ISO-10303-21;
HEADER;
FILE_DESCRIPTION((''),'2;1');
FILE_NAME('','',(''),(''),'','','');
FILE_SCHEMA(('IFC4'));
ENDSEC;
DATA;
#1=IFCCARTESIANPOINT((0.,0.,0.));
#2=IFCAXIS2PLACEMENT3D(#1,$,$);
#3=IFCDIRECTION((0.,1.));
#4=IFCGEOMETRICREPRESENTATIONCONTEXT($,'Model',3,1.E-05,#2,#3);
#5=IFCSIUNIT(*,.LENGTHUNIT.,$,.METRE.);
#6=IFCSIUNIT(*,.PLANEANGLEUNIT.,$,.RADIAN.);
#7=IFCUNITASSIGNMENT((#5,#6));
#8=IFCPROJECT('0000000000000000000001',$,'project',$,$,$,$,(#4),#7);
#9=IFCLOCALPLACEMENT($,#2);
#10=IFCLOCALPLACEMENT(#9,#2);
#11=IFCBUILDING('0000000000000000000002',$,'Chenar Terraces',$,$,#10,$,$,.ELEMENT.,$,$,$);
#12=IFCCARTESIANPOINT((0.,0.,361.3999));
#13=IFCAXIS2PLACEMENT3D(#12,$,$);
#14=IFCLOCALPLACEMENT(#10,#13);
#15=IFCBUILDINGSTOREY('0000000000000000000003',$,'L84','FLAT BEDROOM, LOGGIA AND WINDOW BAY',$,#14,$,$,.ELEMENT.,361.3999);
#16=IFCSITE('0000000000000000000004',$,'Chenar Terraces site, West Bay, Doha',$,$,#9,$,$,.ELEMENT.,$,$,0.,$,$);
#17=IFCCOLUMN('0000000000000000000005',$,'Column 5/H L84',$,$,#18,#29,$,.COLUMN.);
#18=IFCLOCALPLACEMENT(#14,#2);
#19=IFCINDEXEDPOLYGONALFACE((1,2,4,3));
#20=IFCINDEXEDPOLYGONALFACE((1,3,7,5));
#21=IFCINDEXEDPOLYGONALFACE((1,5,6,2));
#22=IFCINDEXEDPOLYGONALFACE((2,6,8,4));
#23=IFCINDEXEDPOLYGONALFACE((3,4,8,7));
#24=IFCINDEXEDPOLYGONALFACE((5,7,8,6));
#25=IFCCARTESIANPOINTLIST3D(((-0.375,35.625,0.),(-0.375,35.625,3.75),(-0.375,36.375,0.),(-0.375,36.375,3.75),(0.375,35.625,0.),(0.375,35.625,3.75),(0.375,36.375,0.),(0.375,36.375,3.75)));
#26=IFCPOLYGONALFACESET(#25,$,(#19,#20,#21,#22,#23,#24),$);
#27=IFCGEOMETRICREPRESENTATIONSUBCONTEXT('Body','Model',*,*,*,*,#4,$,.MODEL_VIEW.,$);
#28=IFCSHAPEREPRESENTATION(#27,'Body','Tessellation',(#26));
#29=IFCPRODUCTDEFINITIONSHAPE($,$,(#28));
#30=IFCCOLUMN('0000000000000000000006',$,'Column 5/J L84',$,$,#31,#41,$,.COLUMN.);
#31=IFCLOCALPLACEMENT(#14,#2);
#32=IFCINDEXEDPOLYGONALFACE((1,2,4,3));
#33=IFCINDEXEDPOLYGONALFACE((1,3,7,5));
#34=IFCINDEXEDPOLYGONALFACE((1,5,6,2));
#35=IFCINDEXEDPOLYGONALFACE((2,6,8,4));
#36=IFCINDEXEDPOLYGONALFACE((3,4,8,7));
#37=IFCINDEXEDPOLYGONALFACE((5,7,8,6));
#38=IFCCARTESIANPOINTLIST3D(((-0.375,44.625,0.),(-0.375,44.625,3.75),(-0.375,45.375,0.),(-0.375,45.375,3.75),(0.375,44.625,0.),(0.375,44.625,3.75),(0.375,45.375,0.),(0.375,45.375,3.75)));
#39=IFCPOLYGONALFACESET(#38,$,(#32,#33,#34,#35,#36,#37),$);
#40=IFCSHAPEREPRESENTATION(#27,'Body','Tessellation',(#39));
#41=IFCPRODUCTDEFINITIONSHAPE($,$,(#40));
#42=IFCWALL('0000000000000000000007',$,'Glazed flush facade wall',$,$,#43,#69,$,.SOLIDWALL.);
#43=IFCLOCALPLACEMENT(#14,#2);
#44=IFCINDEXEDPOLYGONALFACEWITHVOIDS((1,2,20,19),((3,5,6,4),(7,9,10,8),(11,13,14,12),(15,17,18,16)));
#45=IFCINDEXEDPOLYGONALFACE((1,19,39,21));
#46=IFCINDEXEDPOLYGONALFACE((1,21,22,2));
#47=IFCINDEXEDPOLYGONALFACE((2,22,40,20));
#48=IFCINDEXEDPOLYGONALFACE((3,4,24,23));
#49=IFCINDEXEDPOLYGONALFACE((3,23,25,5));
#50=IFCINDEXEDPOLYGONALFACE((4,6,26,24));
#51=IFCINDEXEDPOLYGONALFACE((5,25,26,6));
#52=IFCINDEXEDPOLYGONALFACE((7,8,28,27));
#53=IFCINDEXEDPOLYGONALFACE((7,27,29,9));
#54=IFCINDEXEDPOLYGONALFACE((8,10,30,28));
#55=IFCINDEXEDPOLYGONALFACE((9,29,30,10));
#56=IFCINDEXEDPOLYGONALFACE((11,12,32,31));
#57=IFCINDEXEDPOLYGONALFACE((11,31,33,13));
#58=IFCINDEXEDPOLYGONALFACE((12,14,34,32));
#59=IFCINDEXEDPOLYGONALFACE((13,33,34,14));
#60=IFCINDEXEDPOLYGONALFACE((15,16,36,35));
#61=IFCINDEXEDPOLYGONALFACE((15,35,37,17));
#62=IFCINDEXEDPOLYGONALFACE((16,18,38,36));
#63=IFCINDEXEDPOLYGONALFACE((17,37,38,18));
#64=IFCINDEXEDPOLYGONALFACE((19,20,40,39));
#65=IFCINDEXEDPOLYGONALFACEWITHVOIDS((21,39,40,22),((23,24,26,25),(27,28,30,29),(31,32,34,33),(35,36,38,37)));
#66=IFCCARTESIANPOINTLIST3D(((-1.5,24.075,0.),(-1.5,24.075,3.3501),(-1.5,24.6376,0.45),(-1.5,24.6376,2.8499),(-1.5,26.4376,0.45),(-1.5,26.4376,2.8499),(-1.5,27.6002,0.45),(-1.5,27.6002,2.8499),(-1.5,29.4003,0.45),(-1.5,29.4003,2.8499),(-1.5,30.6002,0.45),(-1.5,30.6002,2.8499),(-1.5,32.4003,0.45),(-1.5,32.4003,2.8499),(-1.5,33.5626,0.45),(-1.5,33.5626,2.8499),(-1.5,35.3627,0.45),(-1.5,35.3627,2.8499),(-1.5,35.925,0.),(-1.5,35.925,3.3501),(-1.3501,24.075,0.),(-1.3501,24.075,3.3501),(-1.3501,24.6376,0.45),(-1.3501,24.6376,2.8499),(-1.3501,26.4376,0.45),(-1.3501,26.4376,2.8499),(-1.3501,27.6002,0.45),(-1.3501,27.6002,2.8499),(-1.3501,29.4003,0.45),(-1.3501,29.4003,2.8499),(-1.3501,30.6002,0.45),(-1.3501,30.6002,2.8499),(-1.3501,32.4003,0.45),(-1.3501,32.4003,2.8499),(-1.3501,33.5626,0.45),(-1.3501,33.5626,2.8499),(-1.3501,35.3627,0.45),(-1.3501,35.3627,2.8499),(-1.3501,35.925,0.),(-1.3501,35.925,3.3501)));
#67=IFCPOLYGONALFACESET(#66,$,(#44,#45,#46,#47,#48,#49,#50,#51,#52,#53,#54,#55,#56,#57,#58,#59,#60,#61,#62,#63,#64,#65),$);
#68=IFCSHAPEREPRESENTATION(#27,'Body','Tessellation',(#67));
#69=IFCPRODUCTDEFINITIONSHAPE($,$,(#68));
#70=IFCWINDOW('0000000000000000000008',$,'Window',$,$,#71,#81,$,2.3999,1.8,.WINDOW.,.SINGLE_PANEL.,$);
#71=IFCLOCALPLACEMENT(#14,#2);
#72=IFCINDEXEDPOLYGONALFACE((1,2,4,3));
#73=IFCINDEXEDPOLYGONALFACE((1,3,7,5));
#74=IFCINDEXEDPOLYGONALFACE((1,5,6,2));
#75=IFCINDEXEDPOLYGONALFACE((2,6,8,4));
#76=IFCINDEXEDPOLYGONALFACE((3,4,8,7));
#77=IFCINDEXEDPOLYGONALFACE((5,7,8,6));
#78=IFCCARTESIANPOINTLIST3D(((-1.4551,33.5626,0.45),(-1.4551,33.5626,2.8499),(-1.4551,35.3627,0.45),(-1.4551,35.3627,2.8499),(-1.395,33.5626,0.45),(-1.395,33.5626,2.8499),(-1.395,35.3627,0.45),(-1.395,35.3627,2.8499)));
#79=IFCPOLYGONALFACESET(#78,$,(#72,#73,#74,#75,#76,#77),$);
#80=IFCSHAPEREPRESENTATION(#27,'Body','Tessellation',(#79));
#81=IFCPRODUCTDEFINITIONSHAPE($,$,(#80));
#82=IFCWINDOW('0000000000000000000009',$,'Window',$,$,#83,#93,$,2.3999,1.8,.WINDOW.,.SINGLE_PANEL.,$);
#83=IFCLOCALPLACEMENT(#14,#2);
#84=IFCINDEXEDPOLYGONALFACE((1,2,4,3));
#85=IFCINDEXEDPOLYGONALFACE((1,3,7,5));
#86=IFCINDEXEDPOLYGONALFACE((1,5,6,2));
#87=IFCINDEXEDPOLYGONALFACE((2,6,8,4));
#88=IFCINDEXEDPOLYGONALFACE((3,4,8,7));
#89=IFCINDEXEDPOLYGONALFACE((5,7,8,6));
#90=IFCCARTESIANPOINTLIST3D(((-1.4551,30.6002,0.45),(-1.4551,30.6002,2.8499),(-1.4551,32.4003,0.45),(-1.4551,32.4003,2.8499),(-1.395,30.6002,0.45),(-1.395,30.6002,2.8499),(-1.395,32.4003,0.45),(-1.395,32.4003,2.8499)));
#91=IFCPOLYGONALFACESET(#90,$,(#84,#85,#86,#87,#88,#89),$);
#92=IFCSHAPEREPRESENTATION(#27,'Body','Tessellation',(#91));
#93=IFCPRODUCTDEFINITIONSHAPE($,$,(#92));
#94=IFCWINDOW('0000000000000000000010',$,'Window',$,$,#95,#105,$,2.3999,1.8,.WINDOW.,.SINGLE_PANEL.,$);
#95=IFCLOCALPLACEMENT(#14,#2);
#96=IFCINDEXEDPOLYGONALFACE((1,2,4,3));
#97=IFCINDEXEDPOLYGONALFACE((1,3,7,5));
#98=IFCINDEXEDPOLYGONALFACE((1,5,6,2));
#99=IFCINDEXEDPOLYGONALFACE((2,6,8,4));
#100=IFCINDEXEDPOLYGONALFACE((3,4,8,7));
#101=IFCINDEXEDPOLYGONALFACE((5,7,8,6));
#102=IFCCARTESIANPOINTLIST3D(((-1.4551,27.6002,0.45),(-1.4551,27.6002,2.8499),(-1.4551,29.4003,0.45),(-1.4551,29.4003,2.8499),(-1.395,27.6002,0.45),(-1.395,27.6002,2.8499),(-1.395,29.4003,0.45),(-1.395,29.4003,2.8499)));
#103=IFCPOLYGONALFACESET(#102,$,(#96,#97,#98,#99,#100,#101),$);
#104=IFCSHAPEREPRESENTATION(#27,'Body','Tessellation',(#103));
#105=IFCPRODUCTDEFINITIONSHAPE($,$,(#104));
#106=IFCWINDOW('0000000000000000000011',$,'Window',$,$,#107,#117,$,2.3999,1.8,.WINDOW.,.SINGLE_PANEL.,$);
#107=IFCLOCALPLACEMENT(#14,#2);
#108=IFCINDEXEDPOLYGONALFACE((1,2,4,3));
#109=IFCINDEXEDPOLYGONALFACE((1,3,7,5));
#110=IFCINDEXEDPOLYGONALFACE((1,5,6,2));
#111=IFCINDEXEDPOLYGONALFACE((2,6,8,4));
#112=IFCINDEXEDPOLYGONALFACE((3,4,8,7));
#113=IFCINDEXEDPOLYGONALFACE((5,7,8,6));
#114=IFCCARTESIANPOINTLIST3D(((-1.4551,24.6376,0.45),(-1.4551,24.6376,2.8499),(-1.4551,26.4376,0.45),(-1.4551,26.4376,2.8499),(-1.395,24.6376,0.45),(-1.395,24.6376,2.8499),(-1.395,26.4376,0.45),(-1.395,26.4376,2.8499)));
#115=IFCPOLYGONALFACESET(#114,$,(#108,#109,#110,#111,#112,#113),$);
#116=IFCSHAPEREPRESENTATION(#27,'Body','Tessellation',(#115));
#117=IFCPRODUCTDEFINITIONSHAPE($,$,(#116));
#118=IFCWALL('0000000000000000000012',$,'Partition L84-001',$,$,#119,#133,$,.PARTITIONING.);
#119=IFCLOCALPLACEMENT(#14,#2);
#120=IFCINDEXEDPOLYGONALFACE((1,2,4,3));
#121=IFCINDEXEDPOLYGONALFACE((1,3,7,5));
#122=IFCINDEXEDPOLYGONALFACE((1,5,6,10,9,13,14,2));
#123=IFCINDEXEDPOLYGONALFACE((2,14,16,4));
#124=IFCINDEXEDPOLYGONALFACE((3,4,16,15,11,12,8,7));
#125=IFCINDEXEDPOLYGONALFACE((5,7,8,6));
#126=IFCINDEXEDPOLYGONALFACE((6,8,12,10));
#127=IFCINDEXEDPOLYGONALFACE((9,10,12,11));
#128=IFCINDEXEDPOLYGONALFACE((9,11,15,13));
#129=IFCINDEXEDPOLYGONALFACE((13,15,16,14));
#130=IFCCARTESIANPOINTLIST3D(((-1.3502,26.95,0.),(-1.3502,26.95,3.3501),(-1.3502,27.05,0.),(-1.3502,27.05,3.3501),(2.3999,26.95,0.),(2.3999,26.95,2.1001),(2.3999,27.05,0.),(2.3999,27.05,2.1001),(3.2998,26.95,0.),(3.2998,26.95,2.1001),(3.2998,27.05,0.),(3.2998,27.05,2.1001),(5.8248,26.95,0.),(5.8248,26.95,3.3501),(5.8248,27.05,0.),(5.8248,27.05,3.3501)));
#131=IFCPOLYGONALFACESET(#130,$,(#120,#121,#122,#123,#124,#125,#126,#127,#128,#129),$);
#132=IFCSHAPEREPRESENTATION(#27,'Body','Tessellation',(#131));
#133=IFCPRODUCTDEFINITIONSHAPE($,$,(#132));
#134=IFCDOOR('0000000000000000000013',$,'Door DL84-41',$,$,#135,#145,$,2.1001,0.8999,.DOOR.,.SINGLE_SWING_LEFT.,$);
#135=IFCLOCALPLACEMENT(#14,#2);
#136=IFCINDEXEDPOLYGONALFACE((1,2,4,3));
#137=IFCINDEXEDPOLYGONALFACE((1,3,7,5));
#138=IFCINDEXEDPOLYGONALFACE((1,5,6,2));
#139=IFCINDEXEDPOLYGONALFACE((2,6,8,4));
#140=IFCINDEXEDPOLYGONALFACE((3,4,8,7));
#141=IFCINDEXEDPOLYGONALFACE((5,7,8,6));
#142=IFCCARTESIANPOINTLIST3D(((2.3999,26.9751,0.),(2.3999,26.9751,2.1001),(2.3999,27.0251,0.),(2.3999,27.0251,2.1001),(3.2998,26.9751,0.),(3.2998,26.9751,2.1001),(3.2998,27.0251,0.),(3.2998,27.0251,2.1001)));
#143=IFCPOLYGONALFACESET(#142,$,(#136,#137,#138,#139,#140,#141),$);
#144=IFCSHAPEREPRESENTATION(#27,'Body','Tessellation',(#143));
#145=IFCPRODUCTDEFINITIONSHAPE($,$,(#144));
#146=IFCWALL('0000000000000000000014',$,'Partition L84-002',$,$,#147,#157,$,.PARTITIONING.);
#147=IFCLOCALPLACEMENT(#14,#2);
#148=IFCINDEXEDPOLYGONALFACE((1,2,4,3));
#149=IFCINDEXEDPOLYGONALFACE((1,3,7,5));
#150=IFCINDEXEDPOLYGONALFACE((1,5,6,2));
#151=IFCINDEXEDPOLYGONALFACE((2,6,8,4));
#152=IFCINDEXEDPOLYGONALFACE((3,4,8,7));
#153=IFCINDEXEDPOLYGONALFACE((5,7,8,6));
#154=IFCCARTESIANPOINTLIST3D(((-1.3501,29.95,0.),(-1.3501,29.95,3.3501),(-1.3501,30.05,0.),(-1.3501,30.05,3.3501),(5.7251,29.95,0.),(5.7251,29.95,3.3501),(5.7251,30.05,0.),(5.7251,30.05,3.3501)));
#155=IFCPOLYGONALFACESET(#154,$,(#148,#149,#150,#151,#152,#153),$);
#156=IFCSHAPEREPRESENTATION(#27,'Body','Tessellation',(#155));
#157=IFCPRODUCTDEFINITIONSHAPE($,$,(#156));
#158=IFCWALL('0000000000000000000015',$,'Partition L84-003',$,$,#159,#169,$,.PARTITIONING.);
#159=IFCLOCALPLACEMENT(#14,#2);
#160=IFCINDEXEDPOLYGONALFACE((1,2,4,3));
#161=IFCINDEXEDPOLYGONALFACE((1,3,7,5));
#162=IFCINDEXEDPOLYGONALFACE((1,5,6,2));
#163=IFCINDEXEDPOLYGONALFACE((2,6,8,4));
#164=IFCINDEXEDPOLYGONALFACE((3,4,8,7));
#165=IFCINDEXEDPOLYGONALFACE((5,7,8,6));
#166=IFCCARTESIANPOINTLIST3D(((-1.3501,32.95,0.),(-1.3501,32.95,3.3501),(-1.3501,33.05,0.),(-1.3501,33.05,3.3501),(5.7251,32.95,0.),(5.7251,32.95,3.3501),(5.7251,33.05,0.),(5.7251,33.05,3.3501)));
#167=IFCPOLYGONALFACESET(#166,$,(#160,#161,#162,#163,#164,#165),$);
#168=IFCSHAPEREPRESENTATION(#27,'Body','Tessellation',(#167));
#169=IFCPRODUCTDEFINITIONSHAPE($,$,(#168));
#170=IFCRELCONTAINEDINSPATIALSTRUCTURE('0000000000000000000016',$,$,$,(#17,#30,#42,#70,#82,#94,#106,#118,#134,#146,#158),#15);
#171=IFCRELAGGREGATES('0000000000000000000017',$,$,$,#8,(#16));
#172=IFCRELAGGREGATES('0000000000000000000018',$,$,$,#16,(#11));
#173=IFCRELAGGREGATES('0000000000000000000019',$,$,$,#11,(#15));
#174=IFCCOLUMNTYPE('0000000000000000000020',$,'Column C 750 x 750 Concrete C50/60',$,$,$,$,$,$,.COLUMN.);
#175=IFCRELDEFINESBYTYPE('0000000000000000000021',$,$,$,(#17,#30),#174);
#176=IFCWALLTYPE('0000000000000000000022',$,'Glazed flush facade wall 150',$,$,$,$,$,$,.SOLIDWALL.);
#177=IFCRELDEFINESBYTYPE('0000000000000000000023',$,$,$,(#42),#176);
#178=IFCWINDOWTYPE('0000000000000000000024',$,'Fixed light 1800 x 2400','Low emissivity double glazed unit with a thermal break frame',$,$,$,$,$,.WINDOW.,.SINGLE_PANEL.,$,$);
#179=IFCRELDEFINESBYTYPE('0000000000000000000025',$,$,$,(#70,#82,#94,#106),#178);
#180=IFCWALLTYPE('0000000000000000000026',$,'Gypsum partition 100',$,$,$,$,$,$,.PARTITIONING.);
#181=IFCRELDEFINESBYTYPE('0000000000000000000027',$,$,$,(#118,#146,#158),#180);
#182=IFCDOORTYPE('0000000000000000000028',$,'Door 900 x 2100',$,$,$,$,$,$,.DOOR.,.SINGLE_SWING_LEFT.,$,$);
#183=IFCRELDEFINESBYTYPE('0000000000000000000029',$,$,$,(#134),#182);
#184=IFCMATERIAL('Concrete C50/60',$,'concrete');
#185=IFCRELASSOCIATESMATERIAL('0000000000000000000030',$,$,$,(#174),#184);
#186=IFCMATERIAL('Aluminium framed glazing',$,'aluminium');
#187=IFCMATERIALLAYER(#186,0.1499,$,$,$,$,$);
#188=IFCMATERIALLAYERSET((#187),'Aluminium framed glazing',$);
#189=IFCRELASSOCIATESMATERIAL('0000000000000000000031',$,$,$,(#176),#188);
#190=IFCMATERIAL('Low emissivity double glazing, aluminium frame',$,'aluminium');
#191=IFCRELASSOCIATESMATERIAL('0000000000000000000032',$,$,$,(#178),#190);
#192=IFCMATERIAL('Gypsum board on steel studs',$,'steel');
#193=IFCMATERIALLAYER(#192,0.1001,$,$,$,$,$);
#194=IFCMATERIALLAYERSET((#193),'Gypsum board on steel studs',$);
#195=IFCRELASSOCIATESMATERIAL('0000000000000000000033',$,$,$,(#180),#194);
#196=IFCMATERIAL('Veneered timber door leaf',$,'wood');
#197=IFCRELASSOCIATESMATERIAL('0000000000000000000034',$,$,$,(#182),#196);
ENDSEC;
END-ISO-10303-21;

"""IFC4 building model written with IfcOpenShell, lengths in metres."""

from ifc_helpers import new_model, si_unit, direction, frame, frame_2d, origin, origin_2d, place, context, subcontext, project, spatial, rectangle, extrude, material, layer, layer_set, material_profile, profile_set, type_object, element, fill, save


model = new_model("IFC4")

# Units and contexts
model_context = context("Model", 3, precision=1e-05, world=origin(), true_north=direction((0.0, 1.0)))
body_context = subcontext(model_context, "Body", "Model", "MODEL_VIEW")
ifc_project = project(units=[si_unit("LENGTHUNIT", "METRE"), si_unit("PLANEANGLEUNIT", "RADIAN")], contexts=[model_context])

# Site, building, storey
site_placement = place(None, origin())
site = spatial("IfcSite", under=ifc_project, at=site_placement, Name="Chenar Terraces site, West Bay, Doha", CompositionType="ELEMENT", RefElevation=0.0)
building_placement = place(site_placement, origin())
building = spatial("IfcBuilding", under=site, at=building_placement, Name="Chenar Terraces", CompositionType="ELEMENT")
storey_placement = place(building_placement, frame((0.0, 0.0, 361.3999)))
storey = spatial("IfcBuildingStorey", under=building, at=storey_placement, Name="L84", Description="FLAT BEDROOM, LOGGIA AND WINDOW BAY", CompositionType="ELEMENT", Elevation=361.3999)

# Columns
ifc_material_1 = material(Name="Concrete C50/60", Category="concrete")
ifc_material_profile_1 = material_profile(ifc_material_1, rectangle(XDim=0.75, YDim=0.75, at=origin_2d()), Name="C 750 x 750")
ifc_profile_set_1 = profile_set([ifc_material_profile_1], Name="Concrete C50/60")
column_type = type_object("IfcColumnType", Name="Column C 750 x 750 Concrete C50/60", PredefinedType="COLUMN", material=ifc_profile_set_1)
placement = place(storey_placement, frame((0.0, 36.0, 0.0), z_axis=(0.0, 0.0, 1.0), x_axis=(1.0, 0.0, 0.0)))
element("IfcColumn", 1, at=placement, inside=storey, type_object=column_type, Name="Column 5/H L84", PredefinedType="COLUMN", context=body_context, shape_type="SweptSolid", body=[
    extrude(rectangle(XDim=0.75, YDim=0.75, at=origin_2d()), origin(), (0.0, 0.0, 1.0), 3.75),
])
column_1_placement = place(storey_placement, frame((0.0, 45.0, 0.0), z_axis=(0.0, 0.0, 1.0), x_axis=(1.0, 0.0, 0.0)))
element("IfcColumn", 2, at=column_1_placement, inside=storey, type_object=column_type, Name="Column 5/J L84", PredefinedType="COLUMN", context=body_context, shape_type="SweptSolid", body=[
    extrude(rectangle(XDim=0.75, YDim=0.75, at=origin_2d()), origin(), (0.0, 0.0, 1.0), 3.75),
])

# Wall, openings, windows
ifc_material_2 = material(Name="Aluminium framed glazing", Category="aluminium")
ifc_layer_1 = layer(ifc_material_2, 0.1499)
ifc_layer_set_1 = layer_set([ifc_layer_1], Name="Aluminium framed glazing")
wall_type_1 = type_object("IfcWallType", Name="Glazed flush facade wall 150", PredefinedType="SOLIDWALL", material=ifc_layer_set_1)
wall_1_placement = place(storey_placement, frame((-1.425, 35.925, 0.0), z_axis=(0.0, 0.0, 1.0), x_axis=(0.0, -1.0, 0.0)))
wall_1 = element("IfcWall", 3, at=wall_1_placement, inside=storey, type_object=wall_type_1, Name="Glazed flush facade wall", PredefinedType="SOLIDWALL", context=body_context, shape_type="SweptSolid", body=[
    extrude(rectangle(XDim=11.8501, YDim=0.1499, at=frame_2d((5.925, 0.0))), origin(), (0.0, 0.0, 1.0), 3.3501),
])
opening_1_placement = place(wall_1_placement, frame((0.5625, 0.0, 0.45)))
opening_1 = element("IfcOpeningElement", 4, at=opening_1_placement, cuts=wall_1, PredefinedType="OPENING", context=body_context, shape_type="SweptSolid", body=[
    extrude(rectangle(XDim=1.8, YDim=2.3999, at=frame_2d((0.8999, 1.2))), frame((0.0, 0.085, 0.0), z_axis=(0.0, -1.0, 0.0), x_axis=(1.0, 0.0, 0.0)), (0.0, 0.0, 1.0), 0.1699),
])
opening_2_placement = place(wall_1_placement, frame((3.5249, 0.0, 0.45)))
opening_2 = element("IfcOpeningElement", 5, at=opening_2_placement, cuts=wall_1, PredefinedType="OPENING", context=body_context, shape_type="SweptSolid", body=[
    extrude(rectangle(XDim=1.8, YDim=2.3999, at=frame_2d((0.8999, 1.2))), frame((0.0, 0.085, 0.0), z_axis=(0.0, -1.0, 0.0), x_axis=(1.0, 0.0, 0.0)), (0.0, 0.0, 1.0), 0.1699),
])
opening_3_placement = place(wall_1_placement, frame((6.5249, 0.0, 0.45)))
opening_3 = element("IfcOpeningElement", 6, at=opening_3_placement, cuts=wall_1, PredefinedType="OPENING", context=body_context, shape_type="SweptSolid", body=[
    extrude(rectangle(XDim=1.8, YDim=2.3999, at=frame_2d((0.8999, 1.2))), frame((0.0, 0.085, 0.0), z_axis=(0.0, -1.0, 0.0), x_axis=(1.0, 0.0, 0.0)), (0.0, 0.0, 1.0), 0.1699),
])
opening_4_placement = place(wall_1_placement, frame((9.4875, 0.0, 0.45)))
opening_4 = element("IfcOpeningElement", 7, at=opening_4_placement, cuts=wall_1, PredefinedType="OPENING", context=body_context, shape_type="SweptSolid", body=[
    extrude(rectangle(XDim=1.8, YDim=2.3999, at=frame_2d((0.8999, 1.2))), frame((0.0, 0.085, 0.0), z_axis=(0.0, -1.0, 0.0), x_axis=(1.0, 0.0, 0.0)), (0.0, 0.0, 1.0), 0.1699),
])
ifc_material_3 = material(Name="Low emissivity double glazing, aluminium frame", Category="aluminium")
window_type = type_object("IfcWindowType", Name="Fixed light 1800 x 2400", Description="Low emissivity double glazed unit with a thermal break frame", PartitioningType="SINGLE_PANEL", PredefinedType="WINDOW", material=ifc_material_3)
window_1_placement = place(opening_1_placement, origin())
window_1 = element("IfcWindow", 8, at=window_1_placement, inside=storey, type_object=window_type, Name="Window", OverallHeight=2.3999, OverallWidth=1.8, PartitioningType="SINGLE_PANEL", PredefinedType="WINDOW", context=body_context, shape_type="SweptSolid", body=[
    extrude(rectangle(XDim=1.8, YDim=2.3999, at=frame_2d((0.8999, 1.2))), frame((0.0, 0.03, 0.0), z_axis=(0.0, -1.0, 0.0), x_axis=(1.0, 0.0, 0.0)), (0.0, 0.0, 1.0), 0.0601),
])
fill(opening_1, window_1)
window_2_placement = place(opening_2_placement, origin())
window_2 = element("IfcWindow", 9, at=window_2_placement, inside=storey, type_object=window_type, Name="Window", OverallHeight=2.3999, OverallWidth=1.8, PartitioningType="SINGLE_PANEL", PredefinedType="WINDOW", context=body_context, shape_type="SweptSolid", body=[
    extrude(rectangle(XDim=1.8, YDim=2.3999, at=frame_2d((0.8999, 1.2))), frame((0.0, 0.03, 0.0), z_axis=(0.0, -1.0, 0.0), x_axis=(1.0, 0.0, 0.0)), (0.0, 0.0, 1.0), 0.0601),
])
fill(opening_2, window_2)
window_3_placement = place(opening_3_placement, origin())
window_3 = element("IfcWindow", 10, at=window_3_placement, inside=storey, type_object=window_type, Name="Window", OverallHeight=2.3999, OverallWidth=1.8, PartitioningType="SINGLE_PANEL", PredefinedType="WINDOW", context=body_context, shape_type="SweptSolid", body=[
    extrude(rectangle(XDim=1.8, YDim=2.3999, at=frame_2d((0.8999, 1.2))), frame((0.0, 0.03, 0.0), z_axis=(0.0, -1.0, 0.0), x_axis=(1.0, 0.0, 0.0)), (0.0, 0.0, 1.0), 0.0601),
])
fill(opening_3, window_3)
window_4_placement = place(opening_4_placement, origin())
window_4 = element("IfcWindow", 11, at=window_4_placement, inside=storey, type_object=window_type, Name="Window", OverallHeight=2.3999, OverallWidth=1.8, PartitioningType="SINGLE_PANEL", PredefinedType="WINDOW", context=body_context, shape_type="SweptSolid", body=[
    extrude(rectangle(XDim=1.8, YDim=2.3999, at=frame_2d((0.8999, 1.2))), frame((0.0, 0.03, 0.0), z_axis=(0.0, -1.0, 0.0), x_axis=(1.0, 0.0, 0.0)), (0.0, 0.0, 1.0), 0.0601),
])
fill(opening_4, window_4)

# Wall, opening, door
ifc_material_4 = material(Name="Gypsum board on steel studs", Category="steel")
ifc_layer_2 = layer(ifc_material_4, 0.1001)
ifc_layer_set_2 = layer_set([ifc_layer_2], Name="Gypsum board on steel studs")
wall_type_2 = type_object("IfcWallType", Name="Gypsum partition 100", PredefinedType="PARTITIONING", material=ifc_layer_set_2)
wall_2_placement = place(storey_placement, frame((-1.3501, 27.0, 0.0), z_axis=(0.0, 0.0, 1.0), x_axis=(1.0, 0.0, 0.0)))
wall_2 = element("IfcWall", 12, at=wall_2_placement, inside=storey, type_object=wall_type_2, Name="Partition L84-001", PredefinedType="PARTITIONING", context=body_context, shape_type="SweptSolid", body=[
    extrude(rectangle(XDim=7.175, YDim=0.1001, at=frame_2d((3.5874, 0.0))), origin(), (0.0, 0.0, 1.0), 3.3501),
])
opening_5_placement = place(wall_2_placement, frame((3.75, 0.0, 0.0)))
opening_5 = element("IfcOpeningElement", 13, at=opening_5_placement, cuts=wall_2, PredefinedType="OPENING", context=body_context, shape_type="SweptSolid", body=[
    extrude(rectangle(XDim=0.8999, YDim=2.1001, at=frame_2d((0.45, 1.05))), frame((0.0, 0.0601, 0.0), z_axis=(0.0, -1.0, 0.0), x_axis=(1.0, 0.0, 0.0)), (0.0, 0.0, 1.0), 0.1201),
])
ifc_material_5 = material(Name="Veneered timber door leaf", Category="wood")
door_type_1 = type_object("IfcDoorType", Name="Door 900 x 2100", OperationType="SINGLE_SWING_LEFT", PredefinedType="DOOR", material=ifc_material_5)
door_1_placement = place(opening_5_placement, frame((0.8999, 0.0, 0.0), z_axis=(0.0, 0.0, 1.0), x_axis=(-1.0, 0.0, 0.0)))
door_1 = element("IfcDoor", 14, at=door_1_placement, inside=storey, type_object=door_type_1, Name="Door DL84-41", OperationType="SINGLE_SWING_LEFT", OverallHeight=2.1001, OverallWidth=0.8999, PredefinedType="DOOR", context=body_context, shape_type="SweptSolid", body=[
    extrude(rectangle(XDim=0.8999, YDim=2.1001, at=frame_2d((0.45, 1.05))), frame((0.0, 0.0249, 0.0), z_axis=(0.0, -1.0, 0.0), x_axis=(1.0, 0.0, 0.0)), (0.0, 0.0, 1.0), 0.05),
])
fill(opening_5, door_1)

# Walls
for number, where, z_axis, x_axis, name in (
    (15, (-1.3501, 30.0, 0.0), (0.0, 0.0, 1.0), (1.0, 0.0, 0.0), "Partition L84-002"),
    (16, (-1.3501, 33.0, 0.0), (0.0, 0.0, 1.0), (1.0, 0.0, 0.0), "Partition L84-003"),
):
    element("IfcWall", number, at=place(storey_placement, frame(where, z_axis=z_axis, x_axis=x_axis)), inside=storey, type_object=wall_type_2, Name=name, PredefinedType="PARTITIONING", context=body_context, shape_type="SweptSolid", body=[
        extrude(rectangle(XDim=7.0752, YDim=0.1001, at=frame_2d((3.5376, 0.0))), origin(), (0.0, 0.0, 1.0), 3.3501),
    ])

save(model, "model.ifc")
